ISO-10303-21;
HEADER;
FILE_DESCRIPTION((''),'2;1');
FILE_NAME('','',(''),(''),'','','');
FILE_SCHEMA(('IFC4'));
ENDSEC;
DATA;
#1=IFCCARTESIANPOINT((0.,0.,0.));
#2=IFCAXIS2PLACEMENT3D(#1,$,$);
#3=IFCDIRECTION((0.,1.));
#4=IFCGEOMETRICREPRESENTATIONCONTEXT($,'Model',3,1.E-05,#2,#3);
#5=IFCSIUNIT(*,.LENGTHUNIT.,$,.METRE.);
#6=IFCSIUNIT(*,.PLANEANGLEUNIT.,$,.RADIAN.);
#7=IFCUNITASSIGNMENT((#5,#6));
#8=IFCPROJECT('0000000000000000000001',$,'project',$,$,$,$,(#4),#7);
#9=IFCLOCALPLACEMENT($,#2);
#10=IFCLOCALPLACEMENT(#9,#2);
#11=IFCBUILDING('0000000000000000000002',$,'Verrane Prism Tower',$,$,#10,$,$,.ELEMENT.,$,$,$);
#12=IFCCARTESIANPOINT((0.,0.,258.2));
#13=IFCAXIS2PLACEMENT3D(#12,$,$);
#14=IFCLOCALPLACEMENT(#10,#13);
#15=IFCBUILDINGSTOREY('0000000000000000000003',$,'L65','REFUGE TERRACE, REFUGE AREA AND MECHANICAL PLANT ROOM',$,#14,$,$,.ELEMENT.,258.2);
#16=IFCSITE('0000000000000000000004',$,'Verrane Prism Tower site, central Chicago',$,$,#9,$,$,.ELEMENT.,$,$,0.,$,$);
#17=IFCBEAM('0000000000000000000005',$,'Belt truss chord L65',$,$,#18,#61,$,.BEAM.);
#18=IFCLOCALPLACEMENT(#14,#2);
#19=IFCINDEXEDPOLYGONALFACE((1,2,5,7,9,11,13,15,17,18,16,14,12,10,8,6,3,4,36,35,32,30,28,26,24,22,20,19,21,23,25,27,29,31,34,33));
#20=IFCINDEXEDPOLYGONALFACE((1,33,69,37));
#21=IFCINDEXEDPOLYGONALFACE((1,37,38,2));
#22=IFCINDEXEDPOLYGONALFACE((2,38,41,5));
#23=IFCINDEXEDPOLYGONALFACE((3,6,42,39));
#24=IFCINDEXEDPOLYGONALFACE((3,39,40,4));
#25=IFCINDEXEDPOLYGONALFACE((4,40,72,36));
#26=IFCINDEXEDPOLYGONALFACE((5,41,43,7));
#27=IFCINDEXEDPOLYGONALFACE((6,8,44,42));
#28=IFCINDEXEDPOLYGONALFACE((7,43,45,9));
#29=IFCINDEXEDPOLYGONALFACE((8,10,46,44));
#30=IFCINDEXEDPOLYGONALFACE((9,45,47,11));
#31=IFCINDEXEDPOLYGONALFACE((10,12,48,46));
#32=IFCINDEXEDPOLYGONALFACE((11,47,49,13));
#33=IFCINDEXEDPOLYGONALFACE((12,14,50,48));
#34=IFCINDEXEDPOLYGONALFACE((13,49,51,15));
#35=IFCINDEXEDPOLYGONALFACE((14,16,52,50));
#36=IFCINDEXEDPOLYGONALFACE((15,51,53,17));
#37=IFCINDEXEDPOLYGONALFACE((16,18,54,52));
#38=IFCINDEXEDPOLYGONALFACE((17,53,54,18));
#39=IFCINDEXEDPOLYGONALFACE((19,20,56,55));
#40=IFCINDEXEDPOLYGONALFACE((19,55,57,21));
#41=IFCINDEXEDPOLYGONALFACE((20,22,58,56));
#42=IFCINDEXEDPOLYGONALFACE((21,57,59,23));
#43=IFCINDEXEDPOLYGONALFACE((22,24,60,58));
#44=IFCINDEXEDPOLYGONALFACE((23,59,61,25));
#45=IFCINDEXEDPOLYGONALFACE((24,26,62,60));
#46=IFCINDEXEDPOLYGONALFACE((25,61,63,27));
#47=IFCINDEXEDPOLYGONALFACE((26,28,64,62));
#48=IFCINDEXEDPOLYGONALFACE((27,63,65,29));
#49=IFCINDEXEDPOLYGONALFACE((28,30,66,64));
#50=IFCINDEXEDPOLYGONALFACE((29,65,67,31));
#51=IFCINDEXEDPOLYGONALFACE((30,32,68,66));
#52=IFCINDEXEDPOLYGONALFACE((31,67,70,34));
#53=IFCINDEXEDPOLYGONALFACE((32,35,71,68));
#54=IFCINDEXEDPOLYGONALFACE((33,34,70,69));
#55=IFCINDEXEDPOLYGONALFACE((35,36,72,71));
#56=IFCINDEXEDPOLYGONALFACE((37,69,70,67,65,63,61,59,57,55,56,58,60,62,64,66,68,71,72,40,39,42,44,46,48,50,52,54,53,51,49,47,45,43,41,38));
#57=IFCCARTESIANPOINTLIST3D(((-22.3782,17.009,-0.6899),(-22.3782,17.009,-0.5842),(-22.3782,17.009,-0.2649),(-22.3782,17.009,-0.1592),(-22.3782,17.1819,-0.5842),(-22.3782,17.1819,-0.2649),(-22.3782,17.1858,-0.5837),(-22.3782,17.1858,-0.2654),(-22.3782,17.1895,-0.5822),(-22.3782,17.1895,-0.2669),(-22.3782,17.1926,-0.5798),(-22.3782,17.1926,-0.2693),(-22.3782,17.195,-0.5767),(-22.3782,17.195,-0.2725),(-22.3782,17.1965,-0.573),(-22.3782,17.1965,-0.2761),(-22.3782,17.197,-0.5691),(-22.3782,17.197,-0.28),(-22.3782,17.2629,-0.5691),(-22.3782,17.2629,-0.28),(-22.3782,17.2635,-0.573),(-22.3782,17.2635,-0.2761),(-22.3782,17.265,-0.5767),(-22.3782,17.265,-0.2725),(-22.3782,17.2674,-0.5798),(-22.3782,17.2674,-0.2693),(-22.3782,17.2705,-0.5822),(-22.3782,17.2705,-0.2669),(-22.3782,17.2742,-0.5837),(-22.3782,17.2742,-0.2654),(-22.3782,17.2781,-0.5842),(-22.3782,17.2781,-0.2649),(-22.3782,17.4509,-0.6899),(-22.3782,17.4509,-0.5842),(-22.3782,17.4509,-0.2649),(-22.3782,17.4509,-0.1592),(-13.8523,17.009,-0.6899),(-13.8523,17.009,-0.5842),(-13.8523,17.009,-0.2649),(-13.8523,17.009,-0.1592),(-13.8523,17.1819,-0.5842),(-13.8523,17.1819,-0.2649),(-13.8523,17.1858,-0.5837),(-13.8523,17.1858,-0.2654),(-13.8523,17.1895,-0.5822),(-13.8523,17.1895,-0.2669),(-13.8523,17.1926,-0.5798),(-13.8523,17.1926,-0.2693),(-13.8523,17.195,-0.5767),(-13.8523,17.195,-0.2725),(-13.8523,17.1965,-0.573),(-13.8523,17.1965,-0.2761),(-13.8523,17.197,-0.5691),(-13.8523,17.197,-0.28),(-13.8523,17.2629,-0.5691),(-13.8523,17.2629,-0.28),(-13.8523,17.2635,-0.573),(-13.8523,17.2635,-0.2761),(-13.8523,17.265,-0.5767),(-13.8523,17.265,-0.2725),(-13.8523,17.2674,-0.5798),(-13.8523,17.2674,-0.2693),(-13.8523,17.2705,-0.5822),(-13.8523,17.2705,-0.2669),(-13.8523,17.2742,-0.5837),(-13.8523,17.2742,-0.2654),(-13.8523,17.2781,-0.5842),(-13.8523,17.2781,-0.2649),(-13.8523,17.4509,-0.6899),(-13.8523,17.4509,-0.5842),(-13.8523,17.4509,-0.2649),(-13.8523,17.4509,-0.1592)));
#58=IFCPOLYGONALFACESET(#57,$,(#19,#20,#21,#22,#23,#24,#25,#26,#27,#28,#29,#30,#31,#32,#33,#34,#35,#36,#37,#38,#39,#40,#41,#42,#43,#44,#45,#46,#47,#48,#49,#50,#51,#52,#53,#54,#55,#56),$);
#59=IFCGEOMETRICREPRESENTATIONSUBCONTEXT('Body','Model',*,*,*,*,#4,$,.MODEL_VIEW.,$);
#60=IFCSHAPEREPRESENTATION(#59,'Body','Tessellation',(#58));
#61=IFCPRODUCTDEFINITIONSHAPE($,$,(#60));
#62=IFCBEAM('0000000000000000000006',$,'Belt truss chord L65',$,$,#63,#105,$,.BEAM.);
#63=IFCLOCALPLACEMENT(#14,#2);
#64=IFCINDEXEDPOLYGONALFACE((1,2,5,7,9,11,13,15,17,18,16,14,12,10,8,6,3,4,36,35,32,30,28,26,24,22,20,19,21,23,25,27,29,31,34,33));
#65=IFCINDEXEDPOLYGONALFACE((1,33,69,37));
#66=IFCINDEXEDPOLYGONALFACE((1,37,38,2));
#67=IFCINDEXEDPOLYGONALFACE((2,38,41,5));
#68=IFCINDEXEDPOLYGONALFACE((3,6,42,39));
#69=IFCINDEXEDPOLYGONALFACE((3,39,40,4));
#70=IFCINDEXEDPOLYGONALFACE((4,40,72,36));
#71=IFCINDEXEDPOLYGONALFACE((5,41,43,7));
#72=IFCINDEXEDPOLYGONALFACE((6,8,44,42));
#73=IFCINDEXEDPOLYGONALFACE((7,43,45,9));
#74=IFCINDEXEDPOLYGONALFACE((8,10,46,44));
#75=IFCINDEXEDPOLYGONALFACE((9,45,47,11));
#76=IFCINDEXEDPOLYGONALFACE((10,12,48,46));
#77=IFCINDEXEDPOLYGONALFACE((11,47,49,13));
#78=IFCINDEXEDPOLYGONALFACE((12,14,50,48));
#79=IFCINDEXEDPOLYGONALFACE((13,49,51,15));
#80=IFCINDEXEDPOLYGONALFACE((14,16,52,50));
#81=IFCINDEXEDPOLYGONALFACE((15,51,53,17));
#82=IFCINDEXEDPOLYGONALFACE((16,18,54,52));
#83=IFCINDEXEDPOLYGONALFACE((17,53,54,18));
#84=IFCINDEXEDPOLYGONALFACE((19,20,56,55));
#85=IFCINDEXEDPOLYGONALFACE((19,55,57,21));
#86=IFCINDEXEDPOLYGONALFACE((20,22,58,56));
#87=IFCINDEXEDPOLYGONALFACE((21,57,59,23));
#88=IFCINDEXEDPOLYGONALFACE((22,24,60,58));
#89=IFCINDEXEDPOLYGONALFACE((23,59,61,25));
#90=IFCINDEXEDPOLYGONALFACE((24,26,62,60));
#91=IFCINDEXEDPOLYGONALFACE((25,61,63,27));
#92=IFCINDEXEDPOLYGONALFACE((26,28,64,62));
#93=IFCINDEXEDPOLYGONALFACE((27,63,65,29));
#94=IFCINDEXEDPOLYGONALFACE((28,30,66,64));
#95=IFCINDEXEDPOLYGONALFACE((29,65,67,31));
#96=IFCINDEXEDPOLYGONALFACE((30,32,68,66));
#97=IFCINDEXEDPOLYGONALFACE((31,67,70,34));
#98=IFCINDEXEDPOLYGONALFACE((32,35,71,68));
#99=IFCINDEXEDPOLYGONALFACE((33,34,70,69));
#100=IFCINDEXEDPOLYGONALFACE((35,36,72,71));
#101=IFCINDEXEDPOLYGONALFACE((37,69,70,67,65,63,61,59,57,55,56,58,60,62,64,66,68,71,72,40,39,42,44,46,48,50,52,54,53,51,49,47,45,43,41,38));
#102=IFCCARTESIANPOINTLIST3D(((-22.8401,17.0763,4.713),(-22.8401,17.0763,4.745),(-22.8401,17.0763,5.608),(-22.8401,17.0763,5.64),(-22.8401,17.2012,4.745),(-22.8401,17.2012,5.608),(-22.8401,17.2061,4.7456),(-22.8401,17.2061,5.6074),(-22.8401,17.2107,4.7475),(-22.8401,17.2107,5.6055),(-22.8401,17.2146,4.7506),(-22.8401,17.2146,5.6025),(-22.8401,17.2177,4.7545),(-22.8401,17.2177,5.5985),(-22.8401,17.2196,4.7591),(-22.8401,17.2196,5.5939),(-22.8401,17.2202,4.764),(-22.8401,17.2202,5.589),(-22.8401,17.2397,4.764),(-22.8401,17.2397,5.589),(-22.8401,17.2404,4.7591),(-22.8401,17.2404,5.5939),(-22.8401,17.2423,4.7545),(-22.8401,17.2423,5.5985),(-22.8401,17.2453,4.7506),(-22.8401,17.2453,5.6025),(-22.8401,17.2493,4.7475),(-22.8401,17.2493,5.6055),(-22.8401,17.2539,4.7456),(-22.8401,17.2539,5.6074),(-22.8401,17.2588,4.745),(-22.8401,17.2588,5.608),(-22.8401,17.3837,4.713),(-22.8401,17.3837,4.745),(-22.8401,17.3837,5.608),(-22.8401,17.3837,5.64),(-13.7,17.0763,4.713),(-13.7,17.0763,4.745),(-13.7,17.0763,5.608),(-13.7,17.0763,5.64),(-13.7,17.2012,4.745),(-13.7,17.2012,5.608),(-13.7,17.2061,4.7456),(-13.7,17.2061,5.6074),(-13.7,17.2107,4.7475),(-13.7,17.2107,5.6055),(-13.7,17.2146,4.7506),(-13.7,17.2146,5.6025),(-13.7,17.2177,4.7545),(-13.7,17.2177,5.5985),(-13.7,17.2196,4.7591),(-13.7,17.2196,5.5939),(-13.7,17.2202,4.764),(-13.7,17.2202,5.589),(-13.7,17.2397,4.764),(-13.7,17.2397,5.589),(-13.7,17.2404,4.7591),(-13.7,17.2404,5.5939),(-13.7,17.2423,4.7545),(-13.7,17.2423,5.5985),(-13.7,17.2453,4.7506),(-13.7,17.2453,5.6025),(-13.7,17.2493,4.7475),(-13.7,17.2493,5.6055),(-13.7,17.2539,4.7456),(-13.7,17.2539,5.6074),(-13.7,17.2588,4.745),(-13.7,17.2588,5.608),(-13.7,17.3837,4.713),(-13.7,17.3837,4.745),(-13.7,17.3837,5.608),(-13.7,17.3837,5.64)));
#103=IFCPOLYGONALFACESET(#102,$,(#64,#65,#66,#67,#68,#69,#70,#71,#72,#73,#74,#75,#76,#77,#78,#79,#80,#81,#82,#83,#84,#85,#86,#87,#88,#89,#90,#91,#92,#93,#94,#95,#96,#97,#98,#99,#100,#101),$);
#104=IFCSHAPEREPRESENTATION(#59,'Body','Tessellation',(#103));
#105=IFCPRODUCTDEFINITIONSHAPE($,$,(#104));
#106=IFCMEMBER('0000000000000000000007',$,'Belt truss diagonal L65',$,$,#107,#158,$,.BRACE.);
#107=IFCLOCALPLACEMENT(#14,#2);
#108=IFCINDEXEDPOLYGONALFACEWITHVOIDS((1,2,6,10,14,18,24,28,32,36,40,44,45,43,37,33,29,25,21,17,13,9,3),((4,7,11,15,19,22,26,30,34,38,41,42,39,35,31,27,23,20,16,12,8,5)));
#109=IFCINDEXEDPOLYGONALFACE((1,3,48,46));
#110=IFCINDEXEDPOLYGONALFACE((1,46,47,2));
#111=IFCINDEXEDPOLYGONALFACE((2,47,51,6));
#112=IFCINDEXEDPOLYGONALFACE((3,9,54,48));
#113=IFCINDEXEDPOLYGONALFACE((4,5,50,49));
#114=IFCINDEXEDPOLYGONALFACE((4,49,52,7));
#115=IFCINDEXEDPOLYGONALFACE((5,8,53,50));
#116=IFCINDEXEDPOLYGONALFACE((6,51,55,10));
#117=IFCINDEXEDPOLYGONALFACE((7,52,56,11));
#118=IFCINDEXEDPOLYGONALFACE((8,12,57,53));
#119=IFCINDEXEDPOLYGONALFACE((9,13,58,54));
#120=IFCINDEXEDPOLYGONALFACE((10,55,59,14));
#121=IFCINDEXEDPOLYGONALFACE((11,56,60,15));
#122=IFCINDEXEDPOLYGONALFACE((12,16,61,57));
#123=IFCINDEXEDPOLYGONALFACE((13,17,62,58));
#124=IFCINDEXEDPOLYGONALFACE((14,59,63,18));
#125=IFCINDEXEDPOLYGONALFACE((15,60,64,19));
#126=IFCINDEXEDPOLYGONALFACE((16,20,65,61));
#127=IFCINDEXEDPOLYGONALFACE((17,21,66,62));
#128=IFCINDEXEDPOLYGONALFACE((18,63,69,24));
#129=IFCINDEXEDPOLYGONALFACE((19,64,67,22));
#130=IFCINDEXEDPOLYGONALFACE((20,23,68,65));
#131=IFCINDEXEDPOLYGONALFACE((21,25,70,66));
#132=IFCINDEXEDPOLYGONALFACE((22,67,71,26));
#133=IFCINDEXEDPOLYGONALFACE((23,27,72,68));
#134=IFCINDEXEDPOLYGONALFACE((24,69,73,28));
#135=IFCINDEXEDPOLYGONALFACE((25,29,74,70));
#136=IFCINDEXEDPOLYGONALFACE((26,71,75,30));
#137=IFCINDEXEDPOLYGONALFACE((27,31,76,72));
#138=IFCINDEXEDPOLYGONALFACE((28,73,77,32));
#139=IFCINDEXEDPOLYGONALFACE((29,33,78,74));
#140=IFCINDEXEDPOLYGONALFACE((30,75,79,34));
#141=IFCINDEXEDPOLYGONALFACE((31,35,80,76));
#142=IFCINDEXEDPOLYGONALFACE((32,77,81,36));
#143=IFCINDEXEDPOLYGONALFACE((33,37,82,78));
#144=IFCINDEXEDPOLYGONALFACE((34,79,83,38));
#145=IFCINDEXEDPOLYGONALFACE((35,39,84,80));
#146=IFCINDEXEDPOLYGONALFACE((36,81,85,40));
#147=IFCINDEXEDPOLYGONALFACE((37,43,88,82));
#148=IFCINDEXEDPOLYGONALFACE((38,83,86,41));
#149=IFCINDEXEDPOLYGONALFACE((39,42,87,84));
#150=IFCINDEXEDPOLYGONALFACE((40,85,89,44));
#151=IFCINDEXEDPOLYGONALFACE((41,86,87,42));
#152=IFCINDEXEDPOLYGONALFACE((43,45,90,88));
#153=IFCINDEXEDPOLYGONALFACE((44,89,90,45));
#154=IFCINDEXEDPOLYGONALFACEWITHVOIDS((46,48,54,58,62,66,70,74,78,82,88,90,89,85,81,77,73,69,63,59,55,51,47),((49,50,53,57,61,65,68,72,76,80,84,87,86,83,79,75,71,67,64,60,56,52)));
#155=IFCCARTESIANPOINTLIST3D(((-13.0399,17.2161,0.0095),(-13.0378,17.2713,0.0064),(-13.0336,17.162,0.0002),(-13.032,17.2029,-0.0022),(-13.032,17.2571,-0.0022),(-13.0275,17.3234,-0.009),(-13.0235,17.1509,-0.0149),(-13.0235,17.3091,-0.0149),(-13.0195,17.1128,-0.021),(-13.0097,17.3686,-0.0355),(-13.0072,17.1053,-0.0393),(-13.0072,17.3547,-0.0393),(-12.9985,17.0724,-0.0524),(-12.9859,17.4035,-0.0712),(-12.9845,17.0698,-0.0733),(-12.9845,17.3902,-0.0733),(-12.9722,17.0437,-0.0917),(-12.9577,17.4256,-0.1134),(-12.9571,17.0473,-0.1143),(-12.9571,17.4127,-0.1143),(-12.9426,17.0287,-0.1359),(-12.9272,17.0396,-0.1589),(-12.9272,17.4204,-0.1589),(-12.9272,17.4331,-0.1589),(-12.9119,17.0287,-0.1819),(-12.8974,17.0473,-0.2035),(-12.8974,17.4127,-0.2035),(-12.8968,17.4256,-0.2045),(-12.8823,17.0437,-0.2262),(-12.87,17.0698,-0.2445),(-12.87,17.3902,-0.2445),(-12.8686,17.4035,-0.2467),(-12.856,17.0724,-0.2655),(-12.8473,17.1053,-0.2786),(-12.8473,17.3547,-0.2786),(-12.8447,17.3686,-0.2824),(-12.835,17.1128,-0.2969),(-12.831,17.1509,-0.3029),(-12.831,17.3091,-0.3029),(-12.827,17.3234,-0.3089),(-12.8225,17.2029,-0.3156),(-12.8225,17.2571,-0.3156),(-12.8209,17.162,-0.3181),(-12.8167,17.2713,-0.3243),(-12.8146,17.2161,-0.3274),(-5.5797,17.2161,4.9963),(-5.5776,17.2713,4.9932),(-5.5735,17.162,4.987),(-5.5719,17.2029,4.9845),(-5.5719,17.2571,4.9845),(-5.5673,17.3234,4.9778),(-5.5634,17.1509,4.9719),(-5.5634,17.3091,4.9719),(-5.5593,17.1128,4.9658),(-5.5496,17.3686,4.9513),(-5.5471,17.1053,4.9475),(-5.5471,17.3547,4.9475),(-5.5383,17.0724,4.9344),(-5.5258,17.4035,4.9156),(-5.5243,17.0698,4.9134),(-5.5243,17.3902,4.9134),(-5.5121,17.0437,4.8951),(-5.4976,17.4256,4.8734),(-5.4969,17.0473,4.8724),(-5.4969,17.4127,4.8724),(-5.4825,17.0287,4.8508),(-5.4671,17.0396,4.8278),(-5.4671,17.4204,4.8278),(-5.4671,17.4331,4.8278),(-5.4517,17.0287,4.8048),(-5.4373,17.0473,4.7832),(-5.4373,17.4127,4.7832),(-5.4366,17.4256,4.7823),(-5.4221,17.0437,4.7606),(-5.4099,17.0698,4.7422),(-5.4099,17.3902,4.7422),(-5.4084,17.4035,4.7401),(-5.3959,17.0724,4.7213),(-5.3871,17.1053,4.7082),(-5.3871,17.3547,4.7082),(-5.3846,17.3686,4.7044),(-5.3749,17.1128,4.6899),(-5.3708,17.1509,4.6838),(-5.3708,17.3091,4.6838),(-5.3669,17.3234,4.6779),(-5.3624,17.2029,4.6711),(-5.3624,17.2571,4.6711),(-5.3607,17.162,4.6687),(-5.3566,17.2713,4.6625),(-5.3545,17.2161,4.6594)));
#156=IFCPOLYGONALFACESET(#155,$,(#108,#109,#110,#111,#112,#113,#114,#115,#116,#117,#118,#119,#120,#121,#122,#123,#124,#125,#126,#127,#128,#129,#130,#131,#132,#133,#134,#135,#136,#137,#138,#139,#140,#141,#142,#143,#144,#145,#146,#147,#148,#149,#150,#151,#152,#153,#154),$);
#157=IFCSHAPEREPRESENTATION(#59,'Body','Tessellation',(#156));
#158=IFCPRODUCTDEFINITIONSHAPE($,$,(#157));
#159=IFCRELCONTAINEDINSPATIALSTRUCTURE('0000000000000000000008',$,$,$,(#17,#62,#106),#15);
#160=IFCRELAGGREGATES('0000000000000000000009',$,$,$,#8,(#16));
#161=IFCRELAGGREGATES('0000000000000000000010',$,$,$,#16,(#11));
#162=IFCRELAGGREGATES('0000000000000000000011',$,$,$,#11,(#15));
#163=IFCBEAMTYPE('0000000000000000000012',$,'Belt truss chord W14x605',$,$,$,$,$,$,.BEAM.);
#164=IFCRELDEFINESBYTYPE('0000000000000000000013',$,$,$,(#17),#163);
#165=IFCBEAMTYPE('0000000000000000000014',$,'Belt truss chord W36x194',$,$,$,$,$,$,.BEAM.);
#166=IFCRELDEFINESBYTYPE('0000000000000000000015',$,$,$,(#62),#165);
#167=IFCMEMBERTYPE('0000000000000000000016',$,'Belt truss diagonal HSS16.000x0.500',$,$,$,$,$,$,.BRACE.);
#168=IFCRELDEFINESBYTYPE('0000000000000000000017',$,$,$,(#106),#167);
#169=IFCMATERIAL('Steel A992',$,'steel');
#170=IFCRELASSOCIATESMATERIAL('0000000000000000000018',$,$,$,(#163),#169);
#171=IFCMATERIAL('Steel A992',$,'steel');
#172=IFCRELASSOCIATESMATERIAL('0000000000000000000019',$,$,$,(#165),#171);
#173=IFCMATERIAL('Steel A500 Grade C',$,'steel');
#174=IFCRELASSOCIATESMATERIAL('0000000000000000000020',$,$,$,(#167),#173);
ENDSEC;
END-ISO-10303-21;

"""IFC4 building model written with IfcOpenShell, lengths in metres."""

from ifc_helpers import new_model, si_unit, direction, frame, origin, origin_2d, place, context, subcontext, project, spatial, hollow_circle, i_section, extrude, material, material_profile, profile_set, type_object, element, save


model = new_model("IFC4")

# Units and contexts
model_context = context("Model", 3, precision=1e-05, world=origin(), true_north=direction((0.0, 1.0)))
body_context = subcontext(model_context, "Body", "Model", "MODEL_VIEW")
ifc_project = project(units=[si_unit("LENGTHUNIT", "METRE"), si_unit("PLANEANGLEUNIT", "RADIAN")], contexts=[model_context])

# Site, building, storey
site_placement = place(None, origin())
site = spatial("IfcSite", under=ifc_project, at=site_placement, Name="Verrane Prism Tower site, central Chicago", CompositionType="ELEMENT", RefElevation=0.0)
building_placement = place(site_placement, origin())
building = spatial("IfcBuilding", under=site, at=building_placement, Name="Verrane Prism Tower", CompositionType="ELEMENT")
storey_placement = place(building_placement, frame((0.0, 0.0, 258.2)))
storey = spatial("IfcBuildingStorey", under=building, at=storey_placement, Name="L65", Description="REFUGE TERRACE, REFUGE AREA AND MECHANICAL PLANT ROOM", CompositionType="ELEMENT", Elevation=258.2)

# Beams
ifc_material_1 = material(Name="Steel A992", Category="steel")
ifc_material_profile_1 = material_profile(ifc_material_1, i_section(OverallWidth=0.4419, OverallDepth=0.5308, WebThickness=0.0659, FlangeThickness=0.1057, FilletRadius=0.0151, at=origin_2d()), Name="W14x605")
ifc_profile_set_1 = profile_set([ifc_material_profile_1], Name="Steel A992")
beam_type_1 = type_object("IfcBeamType", Name="Belt truss chord W14x605", PredefinedType="BEAM", material=ifc_profile_set_1)
beam_1_placement = place(storey_placement, frame((-13.8523, 17.23, -0.4246), z_axis=(-1.0, 0.0, 0.0), x_axis=(0.0, -1.0, 0.0)))
element("IfcBeam", 1, at=beam_1_placement, inside=storey, type_object=beam_type_1, Name="Belt truss chord L65", PredefinedType="BEAM", context=body_context, shape_type="SweptSolid", body=[
    extrude(i_section(OverallWidth=0.4419, OverallDepth=0.5308, WebThickness=0.0659, FlangeThickness=0.1057, FilletRadius=0.0151, at=origin_2d()), origin(), (0.0, 0.0, 1.0), 8.5259),
])
ifc_material_2 = material(Name="Steel A992", Category="steel")
ifc_material_profile_2 = material_profile(ifc_material_2, i_section(OverallWidth=0.3074, OverallDepth=0.927, WebThickness=0.0195, FlangeThickness=0.032, FilletRadius=0.019, at=origin_2d()), Name="W36x194")
ifc_profile_set_2 = profile_set([ifc_material_profile_2], Name="Steel A992")
beam_type_2 = type_object("IfcBeamType", Name="Belt truss chord W36x194", PredefinedType="BEAM", material=ifc_profile_set_2)
beam_2_placement = place(storey_placement, frame((-13.7, 17.23, 5.1765), z_axis=(-1.0, 0.0, 0.0), x_axis=(0.0, -1.0, 0.0)))
element("IfcBeam", 2, at=beam_2_placement, inside=storey, type_object=beam_type_2, Name="Belt truss chord L65", PredefinedType="BEAM", context=body_context, shape_type="SweptSolid", body=[
    extrude(i_section(OverallWidth=0.3074, OverallDepth=0.927, WebThickness=0.0195, FlangeThickness=0.032, FilletRadius=0.019, at=origin_2d()), origin(), (0.0, 0.0, 1.0), 9.1401),
])

# Member
ifc_material_3 = material(Name="Steel A500 Grade C", Category="steel")
ifc_material_profile_3 = material_profile(ifc_material_3, hollow_circle(Radius=0.2031, WallThickness=0.0127, at=origin_2d()), Name="HSS16.000x0.500")
ifc_profile_set_3 = profile_set([ifc_material_profile_3], Name="Steel A500 Grade C")
member_type_1 = type_object("IfcMemberType", Name="Belt truss diagonal HSS16.000x0.500", PredefinedType="BRACE", material=ifc_profile_set_3)
member_1_placement = place(storey_placement, frame((-12.9272, 17.23, -0.1589), z_axis=(0.831363, 0.0, 0.555729), x_axis=(0.0, 1.0, 0.0)))
element("IfcMember", 3, at=member_1_placement, inside=storey, type_object=member_type_1, Name="Belt truss diagonal L65", PredefinedType="BRACE", context=body_context, shape_type="SweptSolid", body=[
    extrude(hollow_circle(Radius=0.2031, WallThickness=0.0127, at=origin_2d()), origin(), (0.0, 0.0, 1.0), 8.9734),
])

save(model, "model.ifc")
